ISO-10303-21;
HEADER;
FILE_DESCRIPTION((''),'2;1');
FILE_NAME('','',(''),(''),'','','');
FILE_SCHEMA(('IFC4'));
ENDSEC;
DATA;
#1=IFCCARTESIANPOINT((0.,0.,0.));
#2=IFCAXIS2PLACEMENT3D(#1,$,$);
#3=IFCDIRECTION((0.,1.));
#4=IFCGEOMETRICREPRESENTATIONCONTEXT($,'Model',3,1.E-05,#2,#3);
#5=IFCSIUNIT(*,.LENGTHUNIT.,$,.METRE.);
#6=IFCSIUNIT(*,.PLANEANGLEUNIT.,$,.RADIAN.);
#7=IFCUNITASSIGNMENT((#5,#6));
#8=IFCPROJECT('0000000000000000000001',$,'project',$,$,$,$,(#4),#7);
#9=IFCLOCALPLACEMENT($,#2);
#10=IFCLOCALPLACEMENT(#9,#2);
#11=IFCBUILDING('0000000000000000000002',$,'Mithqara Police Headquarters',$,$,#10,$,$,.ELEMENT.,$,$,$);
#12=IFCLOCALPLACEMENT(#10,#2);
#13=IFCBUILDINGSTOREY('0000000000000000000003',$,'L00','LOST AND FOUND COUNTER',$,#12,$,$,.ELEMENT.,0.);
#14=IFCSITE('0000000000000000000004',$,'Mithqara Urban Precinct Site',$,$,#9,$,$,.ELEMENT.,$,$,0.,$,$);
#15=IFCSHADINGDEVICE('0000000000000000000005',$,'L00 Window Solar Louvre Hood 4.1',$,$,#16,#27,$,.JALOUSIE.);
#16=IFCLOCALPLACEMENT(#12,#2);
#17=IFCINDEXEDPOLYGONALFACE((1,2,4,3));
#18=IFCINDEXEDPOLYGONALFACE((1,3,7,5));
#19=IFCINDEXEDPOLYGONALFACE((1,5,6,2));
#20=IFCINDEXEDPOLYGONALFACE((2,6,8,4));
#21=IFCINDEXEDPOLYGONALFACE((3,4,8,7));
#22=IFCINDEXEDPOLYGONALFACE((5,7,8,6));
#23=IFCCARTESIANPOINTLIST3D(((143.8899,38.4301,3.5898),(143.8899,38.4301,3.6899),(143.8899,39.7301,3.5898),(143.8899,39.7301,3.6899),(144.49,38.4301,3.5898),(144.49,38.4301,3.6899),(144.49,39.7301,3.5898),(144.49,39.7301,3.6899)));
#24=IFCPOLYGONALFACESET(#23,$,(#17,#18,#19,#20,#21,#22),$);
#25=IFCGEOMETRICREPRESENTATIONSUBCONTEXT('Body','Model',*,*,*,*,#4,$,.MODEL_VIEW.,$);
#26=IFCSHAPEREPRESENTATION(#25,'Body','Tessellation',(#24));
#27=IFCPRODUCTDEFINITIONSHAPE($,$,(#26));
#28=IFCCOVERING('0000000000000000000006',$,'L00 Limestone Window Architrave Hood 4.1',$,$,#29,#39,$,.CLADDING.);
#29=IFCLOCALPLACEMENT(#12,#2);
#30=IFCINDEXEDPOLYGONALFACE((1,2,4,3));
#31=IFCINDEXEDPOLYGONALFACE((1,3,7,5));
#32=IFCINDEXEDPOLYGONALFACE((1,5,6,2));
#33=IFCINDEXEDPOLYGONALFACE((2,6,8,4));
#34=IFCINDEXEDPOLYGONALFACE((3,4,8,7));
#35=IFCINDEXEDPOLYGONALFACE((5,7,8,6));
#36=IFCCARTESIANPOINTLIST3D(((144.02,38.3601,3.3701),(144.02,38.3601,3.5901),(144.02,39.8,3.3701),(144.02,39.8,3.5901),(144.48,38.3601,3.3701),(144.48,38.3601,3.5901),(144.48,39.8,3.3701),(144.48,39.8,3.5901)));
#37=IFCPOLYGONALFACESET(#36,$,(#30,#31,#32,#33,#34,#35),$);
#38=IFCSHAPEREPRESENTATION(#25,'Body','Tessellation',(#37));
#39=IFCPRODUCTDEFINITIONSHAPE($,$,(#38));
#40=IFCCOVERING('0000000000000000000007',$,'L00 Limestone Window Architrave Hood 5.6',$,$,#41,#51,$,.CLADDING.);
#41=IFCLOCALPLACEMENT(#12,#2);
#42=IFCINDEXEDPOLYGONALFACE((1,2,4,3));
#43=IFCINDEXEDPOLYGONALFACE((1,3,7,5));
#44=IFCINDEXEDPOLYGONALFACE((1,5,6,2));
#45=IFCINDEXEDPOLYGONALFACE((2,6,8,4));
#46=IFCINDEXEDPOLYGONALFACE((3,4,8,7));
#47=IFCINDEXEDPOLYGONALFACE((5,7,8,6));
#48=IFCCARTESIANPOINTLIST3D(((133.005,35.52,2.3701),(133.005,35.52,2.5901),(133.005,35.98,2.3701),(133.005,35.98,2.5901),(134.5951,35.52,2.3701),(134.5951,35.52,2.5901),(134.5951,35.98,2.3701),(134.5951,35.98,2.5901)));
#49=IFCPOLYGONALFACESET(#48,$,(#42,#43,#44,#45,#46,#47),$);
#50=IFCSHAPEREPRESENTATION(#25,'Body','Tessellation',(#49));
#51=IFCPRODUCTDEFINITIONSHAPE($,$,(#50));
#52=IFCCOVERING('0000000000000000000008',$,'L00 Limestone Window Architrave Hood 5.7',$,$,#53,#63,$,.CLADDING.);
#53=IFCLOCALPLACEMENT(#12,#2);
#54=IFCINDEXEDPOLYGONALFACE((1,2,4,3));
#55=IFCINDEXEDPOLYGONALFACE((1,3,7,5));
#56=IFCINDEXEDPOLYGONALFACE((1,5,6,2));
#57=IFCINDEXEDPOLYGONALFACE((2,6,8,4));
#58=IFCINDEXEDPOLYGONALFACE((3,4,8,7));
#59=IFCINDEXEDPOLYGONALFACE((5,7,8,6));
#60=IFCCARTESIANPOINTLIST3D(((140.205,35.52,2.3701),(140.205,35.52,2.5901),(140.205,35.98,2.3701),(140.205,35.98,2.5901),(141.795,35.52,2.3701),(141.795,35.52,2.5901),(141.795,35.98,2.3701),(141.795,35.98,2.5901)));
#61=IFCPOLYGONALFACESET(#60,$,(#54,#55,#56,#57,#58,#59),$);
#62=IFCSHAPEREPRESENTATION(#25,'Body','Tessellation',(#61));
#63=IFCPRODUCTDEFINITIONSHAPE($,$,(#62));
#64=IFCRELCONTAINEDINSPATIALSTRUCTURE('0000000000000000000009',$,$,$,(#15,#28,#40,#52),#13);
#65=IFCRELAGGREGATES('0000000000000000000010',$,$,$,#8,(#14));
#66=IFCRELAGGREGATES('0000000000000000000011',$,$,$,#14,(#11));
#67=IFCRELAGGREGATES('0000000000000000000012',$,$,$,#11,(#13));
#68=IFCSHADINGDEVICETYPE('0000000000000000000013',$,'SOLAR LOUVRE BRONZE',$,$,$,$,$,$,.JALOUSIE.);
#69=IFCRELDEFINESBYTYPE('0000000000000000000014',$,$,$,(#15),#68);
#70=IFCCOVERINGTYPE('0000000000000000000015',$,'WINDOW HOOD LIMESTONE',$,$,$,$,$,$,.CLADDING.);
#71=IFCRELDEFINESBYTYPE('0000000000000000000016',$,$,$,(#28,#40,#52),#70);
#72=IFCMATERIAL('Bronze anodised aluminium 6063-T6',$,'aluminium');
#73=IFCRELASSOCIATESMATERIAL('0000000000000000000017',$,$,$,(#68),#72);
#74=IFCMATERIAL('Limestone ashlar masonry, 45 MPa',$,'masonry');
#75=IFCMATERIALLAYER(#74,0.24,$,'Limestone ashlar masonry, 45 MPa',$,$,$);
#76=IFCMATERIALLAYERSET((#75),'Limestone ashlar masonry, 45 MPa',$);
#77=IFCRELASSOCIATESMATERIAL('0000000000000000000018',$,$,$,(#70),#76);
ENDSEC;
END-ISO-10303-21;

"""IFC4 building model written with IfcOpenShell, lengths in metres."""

from ifc_helpers import new_model, si_unit, direction, frame, origin, origin_2d, place, context, subcontext, project, spatial, rectangle, extrude, material, layer, layer_set, type_object, element, save


model = new_model("IFC4")

# Units and contexts
model_context = context("Model", 3, precision=1e-05, world=origin(), true_north=direction((0.0, 1.0)))
body_context = subcontext(model_context, "Body", "Model", "MODEL_VIEW")
ifc_project = project(units=[si_unit("LENGTHUNIT", "METRE"), si_unit("PLANEANGLEUNIT", "RADIAN")], contexts=[model_context])

# Site, building, storey
site_placement = place(None, origin())
site = spatial("IfcSite", under=ifc_project, at=site_placement, Name="Mithqara Urban Precinct Site", CompositionType="ELEMENT", RefElevation=0.0)
building_placement = place(site_placement, origin())
building = spatial("IfcBuilding", under=site, at=building_placement, Name="Mithqara Police Headquarters", CompositionType="ELEMENT")
storey_placement = place(building_placement, origin())
storey = spatial("IfcBuildingStorey", under=building, at=storey_placement, Name="L00", Description="LOST AND FOUND COUNTER", CompositionType="ELEMENT", Elevation=0.0)

# Shared definitions
ifc_material_1 = material(Name="Bronze anodised aluminium 6063-T6", Category="aluminium")

# Shading device
shading_device_type = type_object("IfcShadingDeviceType", Name="SOLAR LOUVRE BRONZE", PredefinedType="JALOUSIE", material=ifc_material_1)
shading_device_placement = place(storey_placement, frame((144.1899, 39.0801, 3.5898), z_axis=(0.0, 0.0, 1.0), x_axis=(0.0, 1.0, 0.0)))
element("IfcShadingDevice", 1, at=shading_device_placement, inside=storey, type_object=shading_device_type, Name="L00 Window Solar Louvre Hood 4.1", PredefinedType="JALOUSIE", context=body_context, shape_type="SweptSolid", body=[
    extrude(rectangle(XDim=1.3, YDim=0.6001, at=origin_2d()), origin(), (0.0, 0.0, 1.0), 0.1001),
])

# Coverings
ifc_material_2 = material(Name="Limestone ashlar masonry, 45 MPa", Category="masonry")
ifc_layer_1 = layer(ifc_material_2, 0.24, Name="Limestone ashlar masonry, 45 MPa")
ifc_layer_set_1 = layer_set([ifc_layer_1], Name="Limestone ashlar masonry, 45 MPa")
covering_type = type_object("IfcCoveringType", Name="WINDOW HOOD LIMESTONE", PredefinedType="CLADDING", material=ifc_layer_set_1)
covering_placement = place(storey_placement, frame((144.25, 39.0801, 3.3701), z_axis=(0.0, 0.0, 1.0), x_axis=(0.0, 1.0, 0.0)))
element("IfcCovering", 2, at=covering_placement, inside=storey, type_object=covering_type, Name="L00 Limestone Window Architrave Hood 4.1", PredefinedType="CLADDING", context=body_context, shape_type="SweptSolid", body=[
    extrude(rectangle(XDim=1.4399, YDim=0.46, at=origin_2d()), origin(), (0.0, 0.0, 1.0), 0.22),
])
for number, where, z_axis, x_axis, name in (
    (3, (133.8, 35.75, 2.3701), (0.0, 0.0, 1.0), (1.0, 0.0, 0.0), "L00 Limestone Window Architrave Hood 5.6"),
    (4, (141.0, 35.75, 2.3701), (0.0, 0.0, 1.0), (1.0, 0.0, 0.0), "L00 Limestone Window Architrave Hood 5.7"),
):
    element("IfcCovering", number, at=place(storey_placement, frame(where, z_axis=z_axis, x_axis=x_axis)), inside=storey, type_object=covering_type, Name=name, PredefinedType="CLADDING", context=body_context, shape_type="SweptSolid", body=[
        extrude(rectangle(XDim=1.5901, YDim=0.46, at=origin_2d()), origin(), (0.0, 0.0, 1.0), 0.22),
    ])

save(model, "model.ifc")
